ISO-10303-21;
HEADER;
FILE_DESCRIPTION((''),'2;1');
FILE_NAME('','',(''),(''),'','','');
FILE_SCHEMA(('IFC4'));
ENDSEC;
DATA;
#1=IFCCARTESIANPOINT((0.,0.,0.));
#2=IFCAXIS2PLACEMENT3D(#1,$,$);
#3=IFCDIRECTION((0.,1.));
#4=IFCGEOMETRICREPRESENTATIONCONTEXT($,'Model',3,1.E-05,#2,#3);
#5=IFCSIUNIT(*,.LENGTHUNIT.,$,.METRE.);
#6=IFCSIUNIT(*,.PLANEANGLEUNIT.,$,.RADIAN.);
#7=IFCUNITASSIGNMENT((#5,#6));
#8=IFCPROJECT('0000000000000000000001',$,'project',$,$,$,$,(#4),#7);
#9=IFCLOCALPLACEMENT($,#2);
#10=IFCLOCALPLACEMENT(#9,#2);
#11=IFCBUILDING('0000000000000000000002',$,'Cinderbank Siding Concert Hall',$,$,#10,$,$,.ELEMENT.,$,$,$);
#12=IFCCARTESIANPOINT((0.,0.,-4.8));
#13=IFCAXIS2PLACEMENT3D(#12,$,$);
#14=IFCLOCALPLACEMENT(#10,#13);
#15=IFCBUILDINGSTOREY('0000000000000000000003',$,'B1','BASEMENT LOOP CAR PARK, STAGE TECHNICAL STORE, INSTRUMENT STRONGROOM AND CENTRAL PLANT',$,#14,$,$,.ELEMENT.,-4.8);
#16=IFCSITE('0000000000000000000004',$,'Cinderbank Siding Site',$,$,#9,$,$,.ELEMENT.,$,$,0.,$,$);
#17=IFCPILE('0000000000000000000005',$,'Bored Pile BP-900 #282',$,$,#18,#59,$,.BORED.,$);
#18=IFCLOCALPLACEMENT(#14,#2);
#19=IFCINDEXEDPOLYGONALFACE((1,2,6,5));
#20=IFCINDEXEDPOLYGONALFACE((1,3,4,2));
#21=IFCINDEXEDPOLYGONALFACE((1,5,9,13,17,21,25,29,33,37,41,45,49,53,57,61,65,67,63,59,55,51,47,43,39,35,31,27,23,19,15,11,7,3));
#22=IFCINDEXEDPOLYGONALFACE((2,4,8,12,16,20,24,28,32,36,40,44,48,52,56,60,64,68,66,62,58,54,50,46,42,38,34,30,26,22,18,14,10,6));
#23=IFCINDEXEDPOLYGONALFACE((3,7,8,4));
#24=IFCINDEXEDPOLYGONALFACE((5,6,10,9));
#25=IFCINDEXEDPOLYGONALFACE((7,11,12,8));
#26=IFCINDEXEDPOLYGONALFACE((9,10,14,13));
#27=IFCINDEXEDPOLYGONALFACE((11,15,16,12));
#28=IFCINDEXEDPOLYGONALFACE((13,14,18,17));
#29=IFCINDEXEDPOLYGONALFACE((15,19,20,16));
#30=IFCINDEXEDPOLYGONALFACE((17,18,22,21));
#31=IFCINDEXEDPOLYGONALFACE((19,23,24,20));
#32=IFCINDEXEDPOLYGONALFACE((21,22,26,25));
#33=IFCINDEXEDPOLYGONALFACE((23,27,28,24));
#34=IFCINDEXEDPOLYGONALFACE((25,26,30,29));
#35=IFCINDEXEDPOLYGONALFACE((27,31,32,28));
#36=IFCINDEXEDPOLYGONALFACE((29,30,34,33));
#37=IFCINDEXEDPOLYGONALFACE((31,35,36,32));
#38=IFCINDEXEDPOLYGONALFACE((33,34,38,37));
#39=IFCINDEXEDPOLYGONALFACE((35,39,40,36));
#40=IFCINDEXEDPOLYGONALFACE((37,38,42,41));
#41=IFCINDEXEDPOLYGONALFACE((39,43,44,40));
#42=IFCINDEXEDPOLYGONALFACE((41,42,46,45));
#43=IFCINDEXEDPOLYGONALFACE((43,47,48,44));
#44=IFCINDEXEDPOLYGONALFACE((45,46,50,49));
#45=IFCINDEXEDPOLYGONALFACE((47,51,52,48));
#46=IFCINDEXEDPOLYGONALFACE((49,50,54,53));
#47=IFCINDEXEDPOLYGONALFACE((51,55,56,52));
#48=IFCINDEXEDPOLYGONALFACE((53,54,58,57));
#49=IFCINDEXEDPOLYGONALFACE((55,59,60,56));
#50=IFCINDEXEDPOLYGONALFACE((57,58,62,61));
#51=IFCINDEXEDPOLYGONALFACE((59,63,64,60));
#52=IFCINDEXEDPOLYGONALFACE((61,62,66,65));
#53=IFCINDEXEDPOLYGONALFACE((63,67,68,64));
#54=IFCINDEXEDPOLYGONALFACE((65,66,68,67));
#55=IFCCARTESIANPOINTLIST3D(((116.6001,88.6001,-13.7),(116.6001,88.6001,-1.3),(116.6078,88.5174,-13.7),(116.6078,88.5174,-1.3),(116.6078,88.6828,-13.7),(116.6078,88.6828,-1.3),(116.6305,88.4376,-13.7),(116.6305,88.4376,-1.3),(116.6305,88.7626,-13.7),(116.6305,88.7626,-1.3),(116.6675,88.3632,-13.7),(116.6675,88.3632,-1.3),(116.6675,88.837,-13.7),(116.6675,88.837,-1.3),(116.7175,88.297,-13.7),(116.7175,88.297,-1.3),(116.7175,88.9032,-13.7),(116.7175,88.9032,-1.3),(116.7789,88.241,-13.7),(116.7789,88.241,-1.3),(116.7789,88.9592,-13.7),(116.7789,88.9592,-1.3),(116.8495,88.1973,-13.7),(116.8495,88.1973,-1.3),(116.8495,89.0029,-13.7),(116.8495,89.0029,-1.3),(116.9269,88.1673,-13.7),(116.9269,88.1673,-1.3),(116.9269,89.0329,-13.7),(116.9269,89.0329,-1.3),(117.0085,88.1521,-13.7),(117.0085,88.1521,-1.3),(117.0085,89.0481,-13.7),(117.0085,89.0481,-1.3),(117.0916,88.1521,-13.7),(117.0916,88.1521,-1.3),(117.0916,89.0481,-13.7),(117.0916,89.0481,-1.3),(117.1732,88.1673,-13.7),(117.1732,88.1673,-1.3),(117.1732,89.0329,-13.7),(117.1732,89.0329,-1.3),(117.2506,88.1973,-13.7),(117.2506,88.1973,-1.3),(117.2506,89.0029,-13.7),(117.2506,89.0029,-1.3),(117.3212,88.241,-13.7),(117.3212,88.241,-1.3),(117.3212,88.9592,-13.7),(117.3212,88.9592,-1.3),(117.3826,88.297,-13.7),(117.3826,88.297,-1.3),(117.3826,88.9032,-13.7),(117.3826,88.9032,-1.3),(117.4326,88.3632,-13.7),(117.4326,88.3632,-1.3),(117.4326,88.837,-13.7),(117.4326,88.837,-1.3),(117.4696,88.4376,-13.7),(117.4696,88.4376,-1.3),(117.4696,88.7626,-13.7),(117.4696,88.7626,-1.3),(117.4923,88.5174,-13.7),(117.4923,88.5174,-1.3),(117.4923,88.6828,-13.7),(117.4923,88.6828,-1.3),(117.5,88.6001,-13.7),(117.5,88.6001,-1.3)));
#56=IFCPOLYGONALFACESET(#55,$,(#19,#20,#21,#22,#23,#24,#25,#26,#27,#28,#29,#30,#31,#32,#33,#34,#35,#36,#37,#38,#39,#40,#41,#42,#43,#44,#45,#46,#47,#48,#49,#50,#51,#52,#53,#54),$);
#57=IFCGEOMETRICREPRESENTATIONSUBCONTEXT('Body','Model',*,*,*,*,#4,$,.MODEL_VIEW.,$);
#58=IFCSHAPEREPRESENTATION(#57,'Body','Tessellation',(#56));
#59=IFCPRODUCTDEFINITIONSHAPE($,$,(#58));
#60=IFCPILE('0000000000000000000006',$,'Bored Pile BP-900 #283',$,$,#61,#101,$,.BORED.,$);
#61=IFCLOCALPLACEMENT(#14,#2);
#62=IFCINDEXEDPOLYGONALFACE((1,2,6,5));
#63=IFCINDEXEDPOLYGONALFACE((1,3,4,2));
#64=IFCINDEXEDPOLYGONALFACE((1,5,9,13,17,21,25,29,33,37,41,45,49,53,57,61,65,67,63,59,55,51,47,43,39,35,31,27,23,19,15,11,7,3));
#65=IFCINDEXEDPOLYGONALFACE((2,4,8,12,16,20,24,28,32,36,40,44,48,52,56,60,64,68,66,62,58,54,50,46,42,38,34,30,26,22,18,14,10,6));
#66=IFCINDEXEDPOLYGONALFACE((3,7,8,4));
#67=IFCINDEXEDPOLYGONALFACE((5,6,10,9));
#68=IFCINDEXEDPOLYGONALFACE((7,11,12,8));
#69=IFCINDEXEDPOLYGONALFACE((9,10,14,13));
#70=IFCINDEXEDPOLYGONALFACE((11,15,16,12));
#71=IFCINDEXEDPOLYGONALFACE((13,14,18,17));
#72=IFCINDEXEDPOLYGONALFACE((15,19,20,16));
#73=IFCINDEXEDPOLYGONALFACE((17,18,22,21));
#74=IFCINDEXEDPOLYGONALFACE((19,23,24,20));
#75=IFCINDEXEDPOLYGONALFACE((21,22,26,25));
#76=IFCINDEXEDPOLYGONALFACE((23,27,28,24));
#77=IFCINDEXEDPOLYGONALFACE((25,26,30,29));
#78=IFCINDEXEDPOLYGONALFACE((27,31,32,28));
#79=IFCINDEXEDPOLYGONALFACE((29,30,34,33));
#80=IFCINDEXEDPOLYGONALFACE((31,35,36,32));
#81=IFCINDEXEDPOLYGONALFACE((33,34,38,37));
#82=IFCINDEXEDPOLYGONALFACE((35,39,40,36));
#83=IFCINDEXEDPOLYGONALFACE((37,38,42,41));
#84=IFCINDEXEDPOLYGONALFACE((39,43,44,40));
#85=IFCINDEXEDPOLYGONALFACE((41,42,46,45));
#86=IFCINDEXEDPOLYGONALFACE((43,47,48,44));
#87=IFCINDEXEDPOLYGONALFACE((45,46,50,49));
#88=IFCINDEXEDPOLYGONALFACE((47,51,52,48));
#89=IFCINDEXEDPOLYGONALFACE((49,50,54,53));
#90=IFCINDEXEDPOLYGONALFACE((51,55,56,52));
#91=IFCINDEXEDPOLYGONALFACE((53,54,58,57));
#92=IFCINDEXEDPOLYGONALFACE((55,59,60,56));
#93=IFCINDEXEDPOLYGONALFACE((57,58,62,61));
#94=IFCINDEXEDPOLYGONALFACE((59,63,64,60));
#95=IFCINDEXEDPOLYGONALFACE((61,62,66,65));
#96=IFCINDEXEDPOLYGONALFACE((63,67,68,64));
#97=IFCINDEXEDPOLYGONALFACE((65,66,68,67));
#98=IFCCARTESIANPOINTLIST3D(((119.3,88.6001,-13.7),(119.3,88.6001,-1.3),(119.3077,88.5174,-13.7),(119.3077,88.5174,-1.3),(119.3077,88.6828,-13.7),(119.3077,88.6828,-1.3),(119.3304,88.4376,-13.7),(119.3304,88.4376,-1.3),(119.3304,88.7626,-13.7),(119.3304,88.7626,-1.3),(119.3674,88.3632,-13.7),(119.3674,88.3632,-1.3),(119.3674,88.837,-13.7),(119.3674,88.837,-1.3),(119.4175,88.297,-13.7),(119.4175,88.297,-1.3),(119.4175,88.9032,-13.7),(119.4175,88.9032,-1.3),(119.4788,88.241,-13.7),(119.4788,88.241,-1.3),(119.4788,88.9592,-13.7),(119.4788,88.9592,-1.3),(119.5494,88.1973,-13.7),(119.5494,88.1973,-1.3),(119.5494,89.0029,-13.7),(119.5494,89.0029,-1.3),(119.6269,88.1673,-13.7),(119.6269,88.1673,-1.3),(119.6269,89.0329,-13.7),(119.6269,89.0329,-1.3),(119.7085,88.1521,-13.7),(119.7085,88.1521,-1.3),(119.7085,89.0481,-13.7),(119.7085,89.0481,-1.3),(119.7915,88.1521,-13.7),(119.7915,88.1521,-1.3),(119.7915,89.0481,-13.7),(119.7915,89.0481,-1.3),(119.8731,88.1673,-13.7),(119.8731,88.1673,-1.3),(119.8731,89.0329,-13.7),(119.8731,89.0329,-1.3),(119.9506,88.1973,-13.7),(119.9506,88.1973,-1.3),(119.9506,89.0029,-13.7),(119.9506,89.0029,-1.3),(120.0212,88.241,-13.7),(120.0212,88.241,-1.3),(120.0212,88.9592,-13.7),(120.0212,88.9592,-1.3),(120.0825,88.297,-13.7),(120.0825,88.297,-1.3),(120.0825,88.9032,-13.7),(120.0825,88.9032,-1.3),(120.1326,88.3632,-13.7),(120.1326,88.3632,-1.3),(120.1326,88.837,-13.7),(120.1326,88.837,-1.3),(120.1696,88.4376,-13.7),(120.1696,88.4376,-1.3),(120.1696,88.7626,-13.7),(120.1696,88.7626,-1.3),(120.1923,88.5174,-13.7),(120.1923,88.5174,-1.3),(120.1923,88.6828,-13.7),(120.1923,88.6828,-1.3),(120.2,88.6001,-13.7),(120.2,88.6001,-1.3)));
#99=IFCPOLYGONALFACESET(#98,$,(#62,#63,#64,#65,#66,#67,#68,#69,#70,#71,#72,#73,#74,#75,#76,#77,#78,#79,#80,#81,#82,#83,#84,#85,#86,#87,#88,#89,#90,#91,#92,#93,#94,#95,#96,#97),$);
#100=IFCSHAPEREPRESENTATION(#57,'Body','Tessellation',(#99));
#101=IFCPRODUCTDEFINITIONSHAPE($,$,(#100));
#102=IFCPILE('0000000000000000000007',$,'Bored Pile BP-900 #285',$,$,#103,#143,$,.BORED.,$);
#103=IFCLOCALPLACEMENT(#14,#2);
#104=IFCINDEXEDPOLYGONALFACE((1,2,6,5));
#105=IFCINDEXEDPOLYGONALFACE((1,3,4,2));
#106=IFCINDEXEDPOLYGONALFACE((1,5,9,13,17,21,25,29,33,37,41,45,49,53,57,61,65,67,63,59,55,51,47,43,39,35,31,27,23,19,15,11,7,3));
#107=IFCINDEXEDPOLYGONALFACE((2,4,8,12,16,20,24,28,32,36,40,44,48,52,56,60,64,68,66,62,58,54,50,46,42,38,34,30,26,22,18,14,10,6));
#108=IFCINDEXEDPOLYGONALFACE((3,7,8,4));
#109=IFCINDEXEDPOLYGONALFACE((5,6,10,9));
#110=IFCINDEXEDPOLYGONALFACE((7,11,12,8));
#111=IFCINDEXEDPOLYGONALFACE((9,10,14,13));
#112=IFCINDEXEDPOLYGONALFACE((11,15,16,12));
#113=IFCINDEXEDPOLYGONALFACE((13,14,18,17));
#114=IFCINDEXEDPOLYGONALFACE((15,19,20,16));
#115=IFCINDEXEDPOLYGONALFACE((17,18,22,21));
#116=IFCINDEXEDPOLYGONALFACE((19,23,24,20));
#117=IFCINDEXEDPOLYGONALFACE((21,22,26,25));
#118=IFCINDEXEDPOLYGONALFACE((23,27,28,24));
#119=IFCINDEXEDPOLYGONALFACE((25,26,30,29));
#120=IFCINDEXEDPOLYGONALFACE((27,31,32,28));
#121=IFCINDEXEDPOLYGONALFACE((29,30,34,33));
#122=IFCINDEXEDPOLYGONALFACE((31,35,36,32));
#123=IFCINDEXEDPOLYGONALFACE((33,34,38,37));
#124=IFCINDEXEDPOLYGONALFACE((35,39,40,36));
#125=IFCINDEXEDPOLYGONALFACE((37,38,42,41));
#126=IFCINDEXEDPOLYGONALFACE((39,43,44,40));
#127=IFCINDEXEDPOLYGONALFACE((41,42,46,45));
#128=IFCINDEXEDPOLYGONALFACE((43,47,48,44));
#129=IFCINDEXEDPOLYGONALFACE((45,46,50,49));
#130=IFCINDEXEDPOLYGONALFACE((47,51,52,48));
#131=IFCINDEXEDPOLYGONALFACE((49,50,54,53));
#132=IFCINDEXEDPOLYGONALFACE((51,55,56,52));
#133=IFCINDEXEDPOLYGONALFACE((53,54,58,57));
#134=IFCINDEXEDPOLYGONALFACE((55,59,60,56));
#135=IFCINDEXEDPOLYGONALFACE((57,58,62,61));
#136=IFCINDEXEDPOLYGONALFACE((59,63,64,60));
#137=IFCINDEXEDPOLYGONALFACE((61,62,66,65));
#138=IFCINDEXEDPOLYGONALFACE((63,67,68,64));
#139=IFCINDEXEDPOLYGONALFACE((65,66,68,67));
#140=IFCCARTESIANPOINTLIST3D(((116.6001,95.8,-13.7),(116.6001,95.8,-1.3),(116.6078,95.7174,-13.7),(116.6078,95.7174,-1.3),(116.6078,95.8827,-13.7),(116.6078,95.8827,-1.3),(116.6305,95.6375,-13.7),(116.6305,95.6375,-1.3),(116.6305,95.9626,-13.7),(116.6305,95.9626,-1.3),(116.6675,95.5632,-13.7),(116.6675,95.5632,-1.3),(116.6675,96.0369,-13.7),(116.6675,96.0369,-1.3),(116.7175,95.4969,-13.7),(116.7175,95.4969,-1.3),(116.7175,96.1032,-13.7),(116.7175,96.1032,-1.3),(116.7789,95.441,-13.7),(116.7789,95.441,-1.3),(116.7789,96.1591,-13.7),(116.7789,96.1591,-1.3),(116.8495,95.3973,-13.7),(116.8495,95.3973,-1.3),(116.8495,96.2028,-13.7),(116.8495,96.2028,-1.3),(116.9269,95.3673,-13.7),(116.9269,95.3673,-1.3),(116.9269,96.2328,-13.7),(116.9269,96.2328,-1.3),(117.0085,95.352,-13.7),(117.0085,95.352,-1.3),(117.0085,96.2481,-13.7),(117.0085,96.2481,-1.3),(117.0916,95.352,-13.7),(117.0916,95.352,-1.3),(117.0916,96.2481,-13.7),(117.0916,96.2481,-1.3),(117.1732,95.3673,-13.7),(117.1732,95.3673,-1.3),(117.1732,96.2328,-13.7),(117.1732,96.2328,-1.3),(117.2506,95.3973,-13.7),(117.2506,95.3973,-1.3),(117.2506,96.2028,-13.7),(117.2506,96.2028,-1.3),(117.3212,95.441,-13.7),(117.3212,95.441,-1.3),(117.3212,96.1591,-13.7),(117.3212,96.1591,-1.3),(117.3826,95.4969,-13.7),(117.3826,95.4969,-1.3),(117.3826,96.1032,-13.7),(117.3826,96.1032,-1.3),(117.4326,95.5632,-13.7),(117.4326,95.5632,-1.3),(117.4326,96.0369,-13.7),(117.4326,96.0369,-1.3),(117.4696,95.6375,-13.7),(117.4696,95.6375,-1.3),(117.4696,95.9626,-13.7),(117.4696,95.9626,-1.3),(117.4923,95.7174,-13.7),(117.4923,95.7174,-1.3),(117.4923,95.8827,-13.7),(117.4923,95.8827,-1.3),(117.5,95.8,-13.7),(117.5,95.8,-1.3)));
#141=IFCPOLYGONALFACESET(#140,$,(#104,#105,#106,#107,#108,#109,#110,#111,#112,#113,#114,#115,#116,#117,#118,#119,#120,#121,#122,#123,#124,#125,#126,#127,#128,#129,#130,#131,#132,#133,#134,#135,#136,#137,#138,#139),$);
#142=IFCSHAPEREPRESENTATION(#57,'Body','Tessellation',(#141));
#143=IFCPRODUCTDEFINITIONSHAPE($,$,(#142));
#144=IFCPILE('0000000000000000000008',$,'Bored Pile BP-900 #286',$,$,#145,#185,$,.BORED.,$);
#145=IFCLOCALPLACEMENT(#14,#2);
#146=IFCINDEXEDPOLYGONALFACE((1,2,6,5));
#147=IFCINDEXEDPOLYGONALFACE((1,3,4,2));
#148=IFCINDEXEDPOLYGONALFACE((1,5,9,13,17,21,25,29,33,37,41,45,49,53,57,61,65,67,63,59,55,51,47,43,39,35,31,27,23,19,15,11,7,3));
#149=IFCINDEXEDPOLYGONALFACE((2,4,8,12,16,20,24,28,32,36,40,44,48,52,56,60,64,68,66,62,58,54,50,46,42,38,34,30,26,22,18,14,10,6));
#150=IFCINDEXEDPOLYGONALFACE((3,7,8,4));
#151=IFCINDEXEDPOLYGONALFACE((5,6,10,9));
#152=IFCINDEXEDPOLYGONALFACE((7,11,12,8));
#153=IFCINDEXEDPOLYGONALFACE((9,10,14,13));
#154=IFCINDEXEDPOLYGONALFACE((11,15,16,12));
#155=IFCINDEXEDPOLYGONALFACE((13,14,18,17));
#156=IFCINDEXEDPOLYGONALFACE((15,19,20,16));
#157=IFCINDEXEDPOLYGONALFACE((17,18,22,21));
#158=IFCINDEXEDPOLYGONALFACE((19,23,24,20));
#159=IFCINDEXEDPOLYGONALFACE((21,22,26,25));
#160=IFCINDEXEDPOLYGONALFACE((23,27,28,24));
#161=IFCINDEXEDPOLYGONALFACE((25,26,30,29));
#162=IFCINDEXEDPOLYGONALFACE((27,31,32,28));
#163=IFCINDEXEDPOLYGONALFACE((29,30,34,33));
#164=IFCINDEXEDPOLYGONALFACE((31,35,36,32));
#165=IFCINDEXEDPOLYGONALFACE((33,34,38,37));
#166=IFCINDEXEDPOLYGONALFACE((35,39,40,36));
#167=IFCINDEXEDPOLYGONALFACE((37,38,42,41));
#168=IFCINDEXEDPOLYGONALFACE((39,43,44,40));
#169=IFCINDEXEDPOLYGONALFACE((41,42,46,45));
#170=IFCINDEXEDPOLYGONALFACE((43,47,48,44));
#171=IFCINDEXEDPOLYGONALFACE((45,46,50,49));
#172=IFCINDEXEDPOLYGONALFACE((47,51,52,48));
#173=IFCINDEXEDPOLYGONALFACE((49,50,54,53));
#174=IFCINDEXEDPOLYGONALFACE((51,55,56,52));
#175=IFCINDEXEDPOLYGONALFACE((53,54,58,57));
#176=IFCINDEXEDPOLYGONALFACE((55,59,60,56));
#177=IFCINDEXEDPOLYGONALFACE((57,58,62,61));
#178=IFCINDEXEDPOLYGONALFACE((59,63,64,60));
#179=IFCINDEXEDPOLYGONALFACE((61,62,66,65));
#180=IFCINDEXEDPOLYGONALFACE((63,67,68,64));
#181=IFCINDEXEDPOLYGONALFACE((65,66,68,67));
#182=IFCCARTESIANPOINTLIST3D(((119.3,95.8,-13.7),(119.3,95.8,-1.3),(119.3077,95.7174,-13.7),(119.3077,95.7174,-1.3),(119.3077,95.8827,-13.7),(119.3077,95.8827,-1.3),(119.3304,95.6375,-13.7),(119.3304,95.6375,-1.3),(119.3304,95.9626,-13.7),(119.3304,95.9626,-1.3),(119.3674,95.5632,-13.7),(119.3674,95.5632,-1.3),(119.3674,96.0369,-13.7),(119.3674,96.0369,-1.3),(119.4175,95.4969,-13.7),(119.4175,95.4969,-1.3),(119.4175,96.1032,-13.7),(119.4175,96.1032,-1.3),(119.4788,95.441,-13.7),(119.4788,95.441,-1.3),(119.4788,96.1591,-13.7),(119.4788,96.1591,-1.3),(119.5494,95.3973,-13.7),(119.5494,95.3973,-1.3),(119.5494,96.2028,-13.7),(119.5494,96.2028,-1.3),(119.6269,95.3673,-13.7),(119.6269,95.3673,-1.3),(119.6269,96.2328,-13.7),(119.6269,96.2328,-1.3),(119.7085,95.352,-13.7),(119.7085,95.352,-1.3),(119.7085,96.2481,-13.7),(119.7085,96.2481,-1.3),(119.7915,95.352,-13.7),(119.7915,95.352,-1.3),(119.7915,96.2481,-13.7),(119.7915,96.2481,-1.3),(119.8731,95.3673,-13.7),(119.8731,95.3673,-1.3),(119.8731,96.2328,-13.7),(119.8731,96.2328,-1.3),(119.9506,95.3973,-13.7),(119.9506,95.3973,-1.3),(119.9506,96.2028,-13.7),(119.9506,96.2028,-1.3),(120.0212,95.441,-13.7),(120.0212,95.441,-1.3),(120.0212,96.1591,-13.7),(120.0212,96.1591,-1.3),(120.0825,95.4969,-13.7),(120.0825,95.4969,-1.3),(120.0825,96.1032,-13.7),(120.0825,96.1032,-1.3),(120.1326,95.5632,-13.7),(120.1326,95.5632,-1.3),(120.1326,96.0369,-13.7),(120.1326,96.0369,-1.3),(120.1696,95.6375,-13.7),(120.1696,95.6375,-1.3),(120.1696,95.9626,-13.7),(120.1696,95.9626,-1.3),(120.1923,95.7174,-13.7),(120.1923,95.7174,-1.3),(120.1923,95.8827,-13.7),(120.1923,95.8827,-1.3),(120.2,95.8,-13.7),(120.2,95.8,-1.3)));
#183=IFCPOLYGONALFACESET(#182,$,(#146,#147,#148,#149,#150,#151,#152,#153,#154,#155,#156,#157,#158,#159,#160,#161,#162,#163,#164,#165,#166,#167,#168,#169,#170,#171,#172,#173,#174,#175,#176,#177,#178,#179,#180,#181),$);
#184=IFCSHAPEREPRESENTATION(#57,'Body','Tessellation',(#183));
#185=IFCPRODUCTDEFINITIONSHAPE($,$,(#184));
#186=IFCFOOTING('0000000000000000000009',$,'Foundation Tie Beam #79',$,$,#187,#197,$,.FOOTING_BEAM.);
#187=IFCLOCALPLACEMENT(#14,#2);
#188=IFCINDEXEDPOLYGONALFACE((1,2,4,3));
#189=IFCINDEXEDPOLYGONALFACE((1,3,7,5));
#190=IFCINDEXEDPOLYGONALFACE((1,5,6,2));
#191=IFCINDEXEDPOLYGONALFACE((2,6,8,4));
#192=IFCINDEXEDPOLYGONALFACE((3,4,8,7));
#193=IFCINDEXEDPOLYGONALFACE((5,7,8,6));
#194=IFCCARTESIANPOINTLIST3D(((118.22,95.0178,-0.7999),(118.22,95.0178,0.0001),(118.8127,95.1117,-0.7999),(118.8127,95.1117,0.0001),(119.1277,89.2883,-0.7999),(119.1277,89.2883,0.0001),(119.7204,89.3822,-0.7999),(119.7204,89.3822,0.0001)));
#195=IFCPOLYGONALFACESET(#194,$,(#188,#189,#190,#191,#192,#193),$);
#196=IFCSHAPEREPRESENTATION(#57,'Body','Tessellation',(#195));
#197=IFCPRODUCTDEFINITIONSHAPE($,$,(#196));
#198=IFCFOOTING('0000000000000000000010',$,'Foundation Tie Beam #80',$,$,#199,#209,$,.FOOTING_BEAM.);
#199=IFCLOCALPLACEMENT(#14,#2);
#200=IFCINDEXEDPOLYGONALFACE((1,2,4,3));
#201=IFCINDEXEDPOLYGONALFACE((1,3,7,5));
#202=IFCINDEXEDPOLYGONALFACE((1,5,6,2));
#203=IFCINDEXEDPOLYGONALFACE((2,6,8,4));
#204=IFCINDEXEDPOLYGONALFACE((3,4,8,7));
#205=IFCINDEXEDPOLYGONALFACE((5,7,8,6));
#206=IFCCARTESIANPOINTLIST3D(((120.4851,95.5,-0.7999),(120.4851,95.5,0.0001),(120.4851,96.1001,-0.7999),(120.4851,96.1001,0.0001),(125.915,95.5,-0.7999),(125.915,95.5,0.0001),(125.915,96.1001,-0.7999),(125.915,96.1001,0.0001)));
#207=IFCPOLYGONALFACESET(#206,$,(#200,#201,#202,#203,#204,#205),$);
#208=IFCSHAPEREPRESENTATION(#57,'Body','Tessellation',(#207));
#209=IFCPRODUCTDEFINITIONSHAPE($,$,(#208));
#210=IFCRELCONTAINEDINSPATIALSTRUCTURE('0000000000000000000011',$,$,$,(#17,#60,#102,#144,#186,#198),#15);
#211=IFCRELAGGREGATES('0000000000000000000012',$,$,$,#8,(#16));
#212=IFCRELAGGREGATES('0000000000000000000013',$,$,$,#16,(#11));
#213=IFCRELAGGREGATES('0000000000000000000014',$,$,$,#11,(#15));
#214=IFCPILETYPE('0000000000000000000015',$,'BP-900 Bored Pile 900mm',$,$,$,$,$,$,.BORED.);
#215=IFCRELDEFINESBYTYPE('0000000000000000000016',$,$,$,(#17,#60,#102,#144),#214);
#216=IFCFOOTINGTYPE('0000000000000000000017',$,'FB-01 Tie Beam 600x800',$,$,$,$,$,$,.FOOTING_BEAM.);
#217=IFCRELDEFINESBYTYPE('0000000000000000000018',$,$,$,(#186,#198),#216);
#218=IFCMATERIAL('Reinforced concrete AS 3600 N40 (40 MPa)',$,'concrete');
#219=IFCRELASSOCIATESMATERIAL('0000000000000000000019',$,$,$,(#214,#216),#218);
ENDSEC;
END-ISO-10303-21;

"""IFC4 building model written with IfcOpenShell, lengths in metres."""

from ifc_helpers import new_model, si_unit, direction, frame, origin, origin_2d, place, context, subcontext, project, spatial, rectangle, circle, extrude, material, material_profile, profile_set, type_object, element, save


model = new_model("IFC4")

# Units and contexts
model_context = context("Model", 3, precision=1e-05, world=origin(), true_north=direction((0.0, 1.0)))
body_context = subcontext(model_context, "Body", "Model", "MODEL_VIEW")
ifc_project = project(units=[si_unit("LENGTHUNIT", "METRE"), si_unit("PLANEANGLEUNIT", "RADIAN")], contexts=[model_context])

# Site, building, storey
site_placement = place(None, origin())
site = spatial("IfcSite", under=ifc_project, at=site_placement, Name="Cinderbank Siding Site", CompositionType="ELEMENT", RefElevation=0.0)
building_placement = place(site_placement, origin())
building = spatial("IfcBuilding", under=site, at=building_placement, Name="Cinderbank Siding Concert Hall", CompositionType="ELEMENT")
storey_placement = place(building_placement, frame((0.0, 0.0, -4.8)))
storey = spatial("IfcBuildingStorey", under=building, at=storey_placement, Name="B1", Description="BASEMENT LOOP CAR PARK, STAGE TECHNICAL STORE, INSTRUMENT STRONGROOM AND CENTRAL PLANT", CompositionType="ELEMENT", Elevation=-4.8)

# Piles
ifc_material_1 = material(Name="Reinforced concrete AS 3600 N40 (40 MPa)", Category="concrete")
ifc_material_profile_1 = material_profile(ifc_material_1, circle(Radius=0.45, at=origin_2d()), Name="PILE-900DIA", Category="LoadBearing")
ifc_profile_set_1 = profile_set([ifc_material_profile_1], Name="Reinforced concrete AS 3600 N40 (40 MPa)")
pile_type_1 = type_object("IfcPileType", Name="BP-900 Bored Pile 900mm", PredefinedType="BORED", material=ifc_profile_set_1)
for number, where, z_axis, x_axis, name in (
    (1, (117.05, 88.6001, -1.3), (0.0, 0.0, -1.0), (1.0, 0.0, 0.0), "Bored Pile BP-900 #282"),
    (2, (119.75, 88.6001, -1.3), (0.0, 0.0, -1.0), (1.0, 0.0, 0.0), "Bored Pile BP-900 #283"),
    (3, (117.05, 95.8, -1.3), (0.0, 0.0, -1.0), (1.0, 0.0, 0.0), "Bored Pile BP-900 #285"),
    (4, (119.75, 95.8, -1.3), (0.0, 0.0, -1.0), (1.0, 0.0, 0.0), "Bored Pile BP-900 #286"),
):
    element("IfcPile", number, at=place(storey_placement, frame(where, z_axis=z_axis, x_axis=x_axis)), inside=storey, type_object=pile_type_1, Name=name, PredefinedType="BORED", context=body_context, shape_type="SweptSolid", body=[
        extrude(circle(Radius=0.45, at=origin_2d()), origin(), (0.0, 0.0, 1.0), 12.3999),
    ])

# Footings
ifc_material_profile_2 = material_profile(ifc_material_1, rectangle(XDim=0.6001, YDim=0.8, at=origin_2d()), Name="RC-FB-600x800", Category="LoadBearing")
ifc_profile_set_2 = profile_set([ifc_material_profile_2], Name="Reinforced concrete AS 3600 N40 (40 MPa)")
footing_type_1 = type_object("IfcFootingType", Name="FB-01 Tie Beam 600x800", PredefinedType="FOOTING_BEAM", material=ifc_profile_set_2)
footing_1_placement = place(storey_placement, frame((119.4241, 89.3352, -0.3999), z_axis=(-0.156477, 0.987682, 0.0), x_axis=(-0.987682, -0.156477, 0.0)))
element("IfcFooting", 5, at=footing_1_placement, inside=storey, type_object=footing_type_1, Name="Foundation Tie Beam #79", PredefinedType="FOOTING_BEAM", context=body_context, shape_type="SweptSolid", body=[
    extrude(rectangle(XDim=0.6001, YDim=0.8, at=origin_2d()), origin(), (0.0, 0.0, 1.0), 5.801),
])
footing_2_placement = place(storey_placement, frame((120.4851, 95.8, -0.3999), z_axis=(1.0, 0.0, 0.0), x_axis=(0.0, 1.0, 0.0)))
element("IfcFooting", 6, at=footing_2_placement, inside=storey, type_object=footing_type_1, Name="Foundation Tie Beam #80", PredefinedType="FOOTING_BEAM", context=body_context, shape_type="SweptSolid", body=[
    extrude(rectangle(XDim=0.6001, YDim=0.8, at=origin_2d()), origin(), (0.0, 0.0, 1.0), 5.4299),
])

save(model, "model.ifc")
